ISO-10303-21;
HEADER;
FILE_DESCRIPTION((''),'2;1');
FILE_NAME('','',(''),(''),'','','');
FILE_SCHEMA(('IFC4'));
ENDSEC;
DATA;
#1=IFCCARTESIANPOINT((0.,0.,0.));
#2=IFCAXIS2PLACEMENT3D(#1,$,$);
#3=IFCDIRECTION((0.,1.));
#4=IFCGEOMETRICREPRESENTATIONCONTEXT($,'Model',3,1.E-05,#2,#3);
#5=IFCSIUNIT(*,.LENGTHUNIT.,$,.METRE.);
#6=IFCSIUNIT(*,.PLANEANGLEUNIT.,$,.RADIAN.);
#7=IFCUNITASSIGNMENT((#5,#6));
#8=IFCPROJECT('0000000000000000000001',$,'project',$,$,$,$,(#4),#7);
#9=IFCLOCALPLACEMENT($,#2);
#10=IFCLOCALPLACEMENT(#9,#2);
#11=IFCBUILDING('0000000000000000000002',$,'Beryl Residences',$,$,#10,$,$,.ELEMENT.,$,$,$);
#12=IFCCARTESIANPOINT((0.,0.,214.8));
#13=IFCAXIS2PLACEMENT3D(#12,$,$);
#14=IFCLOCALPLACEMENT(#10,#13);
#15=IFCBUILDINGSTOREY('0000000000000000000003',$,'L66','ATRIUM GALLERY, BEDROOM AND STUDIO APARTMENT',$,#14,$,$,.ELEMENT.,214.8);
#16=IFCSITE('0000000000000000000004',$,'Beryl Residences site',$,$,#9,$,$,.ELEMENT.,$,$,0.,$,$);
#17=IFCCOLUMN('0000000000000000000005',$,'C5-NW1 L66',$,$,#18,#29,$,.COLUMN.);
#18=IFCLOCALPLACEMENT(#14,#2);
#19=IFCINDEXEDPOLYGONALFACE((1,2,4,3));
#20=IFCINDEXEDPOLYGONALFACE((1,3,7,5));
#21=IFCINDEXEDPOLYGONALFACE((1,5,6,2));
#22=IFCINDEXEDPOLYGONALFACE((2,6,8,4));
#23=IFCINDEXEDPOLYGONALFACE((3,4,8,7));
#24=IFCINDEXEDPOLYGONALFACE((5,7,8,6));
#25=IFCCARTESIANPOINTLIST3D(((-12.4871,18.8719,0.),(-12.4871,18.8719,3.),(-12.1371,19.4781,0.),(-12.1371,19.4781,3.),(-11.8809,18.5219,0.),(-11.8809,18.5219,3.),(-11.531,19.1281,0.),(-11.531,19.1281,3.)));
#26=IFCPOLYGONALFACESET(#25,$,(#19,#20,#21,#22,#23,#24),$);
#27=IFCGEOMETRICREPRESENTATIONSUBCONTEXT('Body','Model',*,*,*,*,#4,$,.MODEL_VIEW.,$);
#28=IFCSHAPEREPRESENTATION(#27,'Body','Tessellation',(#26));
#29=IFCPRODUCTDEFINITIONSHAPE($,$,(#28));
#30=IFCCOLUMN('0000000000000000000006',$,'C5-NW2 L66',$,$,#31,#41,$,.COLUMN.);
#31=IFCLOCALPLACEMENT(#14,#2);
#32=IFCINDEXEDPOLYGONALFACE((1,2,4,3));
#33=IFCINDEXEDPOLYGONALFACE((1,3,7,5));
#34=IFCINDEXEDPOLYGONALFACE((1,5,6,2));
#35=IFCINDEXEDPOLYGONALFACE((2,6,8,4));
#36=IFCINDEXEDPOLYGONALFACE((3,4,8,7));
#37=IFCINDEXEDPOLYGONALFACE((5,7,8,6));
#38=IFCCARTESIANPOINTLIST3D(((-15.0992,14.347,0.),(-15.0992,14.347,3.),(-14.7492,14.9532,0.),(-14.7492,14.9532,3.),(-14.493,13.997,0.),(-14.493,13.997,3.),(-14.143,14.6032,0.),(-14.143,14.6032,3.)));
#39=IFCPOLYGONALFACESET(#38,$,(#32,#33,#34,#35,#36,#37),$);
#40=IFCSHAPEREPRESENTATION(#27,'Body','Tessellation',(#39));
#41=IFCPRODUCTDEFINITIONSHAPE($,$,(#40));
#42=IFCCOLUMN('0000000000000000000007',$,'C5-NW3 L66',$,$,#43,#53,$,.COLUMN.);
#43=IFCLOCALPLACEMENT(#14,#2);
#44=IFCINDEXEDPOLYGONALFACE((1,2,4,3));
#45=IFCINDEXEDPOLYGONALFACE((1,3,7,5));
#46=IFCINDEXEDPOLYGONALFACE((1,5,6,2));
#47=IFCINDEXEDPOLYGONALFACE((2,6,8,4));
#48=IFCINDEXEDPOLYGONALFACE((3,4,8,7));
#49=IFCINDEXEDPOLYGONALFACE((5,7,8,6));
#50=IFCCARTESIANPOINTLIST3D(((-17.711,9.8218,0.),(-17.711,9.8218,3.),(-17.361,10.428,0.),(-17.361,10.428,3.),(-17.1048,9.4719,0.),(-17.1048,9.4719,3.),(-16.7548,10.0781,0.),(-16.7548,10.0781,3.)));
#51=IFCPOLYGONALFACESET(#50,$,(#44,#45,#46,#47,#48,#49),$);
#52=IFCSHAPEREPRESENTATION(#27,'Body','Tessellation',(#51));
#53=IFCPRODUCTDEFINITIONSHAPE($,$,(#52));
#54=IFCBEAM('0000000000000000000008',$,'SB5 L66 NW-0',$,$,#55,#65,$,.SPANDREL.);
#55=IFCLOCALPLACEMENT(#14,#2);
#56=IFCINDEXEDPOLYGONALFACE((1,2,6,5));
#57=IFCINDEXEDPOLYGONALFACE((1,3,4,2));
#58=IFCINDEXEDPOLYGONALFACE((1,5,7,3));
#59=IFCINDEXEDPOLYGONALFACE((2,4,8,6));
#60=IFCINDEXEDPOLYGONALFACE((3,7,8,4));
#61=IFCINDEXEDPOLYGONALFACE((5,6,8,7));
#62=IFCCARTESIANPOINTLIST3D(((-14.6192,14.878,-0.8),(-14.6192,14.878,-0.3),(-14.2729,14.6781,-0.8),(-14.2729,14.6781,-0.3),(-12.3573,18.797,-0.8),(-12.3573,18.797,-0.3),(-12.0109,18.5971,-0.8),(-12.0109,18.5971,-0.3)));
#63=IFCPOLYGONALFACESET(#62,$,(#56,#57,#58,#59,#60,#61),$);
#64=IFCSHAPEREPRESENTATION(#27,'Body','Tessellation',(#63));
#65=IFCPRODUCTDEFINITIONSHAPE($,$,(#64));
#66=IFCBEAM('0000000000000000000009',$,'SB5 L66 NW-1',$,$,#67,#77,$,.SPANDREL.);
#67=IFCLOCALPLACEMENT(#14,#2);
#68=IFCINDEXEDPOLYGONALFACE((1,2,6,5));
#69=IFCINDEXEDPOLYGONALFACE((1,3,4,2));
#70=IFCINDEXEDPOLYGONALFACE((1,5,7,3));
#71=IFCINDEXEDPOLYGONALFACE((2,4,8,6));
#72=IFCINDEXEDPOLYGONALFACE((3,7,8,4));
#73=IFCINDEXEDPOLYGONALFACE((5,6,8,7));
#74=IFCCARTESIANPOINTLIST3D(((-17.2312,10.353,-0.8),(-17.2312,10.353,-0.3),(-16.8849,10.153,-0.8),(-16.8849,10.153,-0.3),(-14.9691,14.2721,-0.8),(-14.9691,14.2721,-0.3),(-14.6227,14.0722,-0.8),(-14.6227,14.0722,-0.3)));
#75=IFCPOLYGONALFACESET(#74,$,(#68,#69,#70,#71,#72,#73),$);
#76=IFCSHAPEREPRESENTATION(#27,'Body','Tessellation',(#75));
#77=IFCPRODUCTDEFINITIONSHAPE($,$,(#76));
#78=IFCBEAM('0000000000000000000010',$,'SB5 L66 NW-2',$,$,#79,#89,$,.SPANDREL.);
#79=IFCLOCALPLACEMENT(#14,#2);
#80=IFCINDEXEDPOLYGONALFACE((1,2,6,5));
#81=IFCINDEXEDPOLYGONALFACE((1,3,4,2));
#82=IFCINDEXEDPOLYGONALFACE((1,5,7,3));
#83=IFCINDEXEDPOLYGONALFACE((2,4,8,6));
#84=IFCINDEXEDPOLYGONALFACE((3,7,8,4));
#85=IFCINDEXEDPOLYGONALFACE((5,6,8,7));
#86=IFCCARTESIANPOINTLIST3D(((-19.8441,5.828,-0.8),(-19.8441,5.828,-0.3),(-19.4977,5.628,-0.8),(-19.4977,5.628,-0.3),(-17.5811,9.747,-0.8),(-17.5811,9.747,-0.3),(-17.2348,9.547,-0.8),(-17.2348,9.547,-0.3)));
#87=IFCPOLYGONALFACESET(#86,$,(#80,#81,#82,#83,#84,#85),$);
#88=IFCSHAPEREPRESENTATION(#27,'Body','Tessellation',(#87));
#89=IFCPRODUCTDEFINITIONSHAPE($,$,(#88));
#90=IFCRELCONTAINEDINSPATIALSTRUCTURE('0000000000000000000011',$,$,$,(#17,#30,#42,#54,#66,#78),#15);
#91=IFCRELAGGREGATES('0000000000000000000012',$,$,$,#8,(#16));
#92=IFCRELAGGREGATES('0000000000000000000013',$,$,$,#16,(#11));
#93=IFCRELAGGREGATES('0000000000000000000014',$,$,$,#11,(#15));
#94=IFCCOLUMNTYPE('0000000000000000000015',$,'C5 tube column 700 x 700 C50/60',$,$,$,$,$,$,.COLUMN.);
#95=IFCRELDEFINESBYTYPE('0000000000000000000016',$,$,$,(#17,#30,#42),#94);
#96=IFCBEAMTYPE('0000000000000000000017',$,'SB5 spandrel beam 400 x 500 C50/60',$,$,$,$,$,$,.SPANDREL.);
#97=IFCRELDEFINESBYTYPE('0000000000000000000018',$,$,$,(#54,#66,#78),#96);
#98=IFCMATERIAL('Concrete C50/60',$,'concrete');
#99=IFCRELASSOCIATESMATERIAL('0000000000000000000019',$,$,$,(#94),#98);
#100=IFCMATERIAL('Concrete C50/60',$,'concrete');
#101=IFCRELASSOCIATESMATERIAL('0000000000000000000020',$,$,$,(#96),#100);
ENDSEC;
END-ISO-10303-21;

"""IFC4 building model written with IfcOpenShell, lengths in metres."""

from ifc_helpers import new_model, si_unit, direction, frame, origin, origin_2d, place, context, subcontext, project, spatial, rectangle, extrude, material, material_profile, profile_set, type_object, element, save


model = new_model("IFC4")

# Units and contexts
model_context = context("Model", 3, precision=1e-05, world=origin(), true_north=direction((0.0, 1.0)))
body_context = subcontext(model_context, "Body", "Model", "MODEL_VIEW")
ifc_project = project(units=[si_unit("LENGTHUNIT", "METRE"), si_unit("PLANEANGLEUNIT", "RADIAN")], contexts=[model_context])

# Site, building, storey
site_placement = place(None, origin())
site = spatial("IfcSite", under=ifc_project, at=site_placement, Name="Beryl Residences site", CompositionType="ELEMENT", RefElevation=0.0)
building_placement = place(site_placement, origin())
building = spatial("IfcBuilding", under=site, at=building_placement, Name="Beryl Residences", CompositionType="ELEMENT")
storey_placement = place(building_placement, frame((0.0, 0.0, 214.8)))
storey = spatial("IfcBuildingStorey", under=building, at=storey_placement, Name="L66", Description="ATRIUM GALLERY, BEDROOM AND STUDIO APARTMENT", CompositionType="ELEMENT", Elevation=214.8)

# Columns
ifc_material_1 = material(Name="Concrete C50/60", Category="concrete")
ifc_material_profile_1 = material_profile(ifc_material_1, rectangle(XDim=0.7, YDim=0.7, at=origin_2d()))
ifc_profile_set_1 = profile_set([ifc_material_profile_1], Name="Concrete C50/60")
column_type = type_object("IfcColumnType", Name="C5 tube column 700 x 700 C50/60", PredefinedType="COLUMN", material=ifc_profile_set_1)
for number, where, z_axis, x_axis, name in (
    (1, (-12.009, 19.0, 0.0), (0.0, 0.0, 1.0), (-0.49997, -0.866043, 0.0), "C5-NW1 L66"),
    (2, (-14.6211, 14.4751, 0.0), (0.0, 0.0, 1.0), (-0.49997, -0.866043, 0.0), "C5-NW2 L66"),
    (3, (-17.2329, 9.95, 0.0), (0.0, 0.0, 1.0), (-0.49997, -0.866043, 0.0), "C5-NW3 L66"),
):
    element("IfcColumn", number, at=place(storey_placement, frame(where, z_axis=z_axis, x_axis=x_axis)), inside=storey, type_object=column_type, Name=name, PredefinedType="COLUMN", context=body_context, shape_type="SweptSolid", body=[
        extrude(rectangle(XDim=0.7, YDim=0.7, at=origin_2d()), origin(), (0.0, 0.0, 1.0), 3.0),
    ])

# Beams
ifc_material_2 = material(Name="Concrete C50/60", Category="concrete")
ifc_material_profile_2 = material_profile(ifc_material_2, rectangle(XDim=0.3999, YDim=0.5, at=origin_2d()))
ifc_profile_set_2 = profile_set([ifc_material_profile_2], Name="Concrete C50/60")
beam_type = type_object("IfcBeamType", Name="SB5 spandrel beam 400 x 500 C50/60", PredefinedType="SPANDREL", material=ifc_profile_set_2)
beam_1_placement = place(storey_placement, frame((-12.1841, 18.697, -0.55), z_axis=(-0.499894, -0.866087, 0.0), x_axis=(0.866087, -0.499894, 0.0)))
element("IfcBeam", 4, at=beam_1_placement, inside=storey, type_object=beam_type, Name="SB5 L66 NW-0", PredefinedType="SPANDREL", context=body_context, shape_type="SweptSolid", body=[
    extrude(rectangle(XDim=0.3999, YDim=0.5, at=origin_2d()), origin(), (0.0, 0.0, 1.0), 4.5249),
])
beam_2_placement = place(storey_placement, frame((-14.7959, 14.1721, -0.55), z_axis=(-0.499911, -0.866077, 0.0), x_axis=(0.866077, -0.499911, 0.0)))
element("IfcBeam", 5, at=beam_2_placement, inside=storey, type_object=beam_type, Name="SB5 L66 NW-1", PredefinedType="SPANDREL", context=body_context, shape_type="SweptSolid", body=[
    extrude(rectangle(XDim=0.3999, YDim=0.5, at=origin_2d()), origin(), (0.0, 0.0, 1.0), 4.5251),
])
beam_3_placement = place(storey_placement, frame((-17.408, 9.647, -0.55), z_axis=(-0.500056, -0.865993, 0.0), x_axis=(0.865993, -0.500056, 0.0)))
element("IfcBeam", 6, at=beam_3_placement, inside=storey, type_object=beam_type, Name="SB5 L66 NW-2", PredefinedType="SPANDREL", context=body_context, shape_type="SweptSolid", body=[
    extrude(rectangle(XDim=0.3999, YDim=0.5, at=origin_2d()), origin(), (0.0, 0.0, 1.0), 4.5254),
])

save(model, "model.ifc")
